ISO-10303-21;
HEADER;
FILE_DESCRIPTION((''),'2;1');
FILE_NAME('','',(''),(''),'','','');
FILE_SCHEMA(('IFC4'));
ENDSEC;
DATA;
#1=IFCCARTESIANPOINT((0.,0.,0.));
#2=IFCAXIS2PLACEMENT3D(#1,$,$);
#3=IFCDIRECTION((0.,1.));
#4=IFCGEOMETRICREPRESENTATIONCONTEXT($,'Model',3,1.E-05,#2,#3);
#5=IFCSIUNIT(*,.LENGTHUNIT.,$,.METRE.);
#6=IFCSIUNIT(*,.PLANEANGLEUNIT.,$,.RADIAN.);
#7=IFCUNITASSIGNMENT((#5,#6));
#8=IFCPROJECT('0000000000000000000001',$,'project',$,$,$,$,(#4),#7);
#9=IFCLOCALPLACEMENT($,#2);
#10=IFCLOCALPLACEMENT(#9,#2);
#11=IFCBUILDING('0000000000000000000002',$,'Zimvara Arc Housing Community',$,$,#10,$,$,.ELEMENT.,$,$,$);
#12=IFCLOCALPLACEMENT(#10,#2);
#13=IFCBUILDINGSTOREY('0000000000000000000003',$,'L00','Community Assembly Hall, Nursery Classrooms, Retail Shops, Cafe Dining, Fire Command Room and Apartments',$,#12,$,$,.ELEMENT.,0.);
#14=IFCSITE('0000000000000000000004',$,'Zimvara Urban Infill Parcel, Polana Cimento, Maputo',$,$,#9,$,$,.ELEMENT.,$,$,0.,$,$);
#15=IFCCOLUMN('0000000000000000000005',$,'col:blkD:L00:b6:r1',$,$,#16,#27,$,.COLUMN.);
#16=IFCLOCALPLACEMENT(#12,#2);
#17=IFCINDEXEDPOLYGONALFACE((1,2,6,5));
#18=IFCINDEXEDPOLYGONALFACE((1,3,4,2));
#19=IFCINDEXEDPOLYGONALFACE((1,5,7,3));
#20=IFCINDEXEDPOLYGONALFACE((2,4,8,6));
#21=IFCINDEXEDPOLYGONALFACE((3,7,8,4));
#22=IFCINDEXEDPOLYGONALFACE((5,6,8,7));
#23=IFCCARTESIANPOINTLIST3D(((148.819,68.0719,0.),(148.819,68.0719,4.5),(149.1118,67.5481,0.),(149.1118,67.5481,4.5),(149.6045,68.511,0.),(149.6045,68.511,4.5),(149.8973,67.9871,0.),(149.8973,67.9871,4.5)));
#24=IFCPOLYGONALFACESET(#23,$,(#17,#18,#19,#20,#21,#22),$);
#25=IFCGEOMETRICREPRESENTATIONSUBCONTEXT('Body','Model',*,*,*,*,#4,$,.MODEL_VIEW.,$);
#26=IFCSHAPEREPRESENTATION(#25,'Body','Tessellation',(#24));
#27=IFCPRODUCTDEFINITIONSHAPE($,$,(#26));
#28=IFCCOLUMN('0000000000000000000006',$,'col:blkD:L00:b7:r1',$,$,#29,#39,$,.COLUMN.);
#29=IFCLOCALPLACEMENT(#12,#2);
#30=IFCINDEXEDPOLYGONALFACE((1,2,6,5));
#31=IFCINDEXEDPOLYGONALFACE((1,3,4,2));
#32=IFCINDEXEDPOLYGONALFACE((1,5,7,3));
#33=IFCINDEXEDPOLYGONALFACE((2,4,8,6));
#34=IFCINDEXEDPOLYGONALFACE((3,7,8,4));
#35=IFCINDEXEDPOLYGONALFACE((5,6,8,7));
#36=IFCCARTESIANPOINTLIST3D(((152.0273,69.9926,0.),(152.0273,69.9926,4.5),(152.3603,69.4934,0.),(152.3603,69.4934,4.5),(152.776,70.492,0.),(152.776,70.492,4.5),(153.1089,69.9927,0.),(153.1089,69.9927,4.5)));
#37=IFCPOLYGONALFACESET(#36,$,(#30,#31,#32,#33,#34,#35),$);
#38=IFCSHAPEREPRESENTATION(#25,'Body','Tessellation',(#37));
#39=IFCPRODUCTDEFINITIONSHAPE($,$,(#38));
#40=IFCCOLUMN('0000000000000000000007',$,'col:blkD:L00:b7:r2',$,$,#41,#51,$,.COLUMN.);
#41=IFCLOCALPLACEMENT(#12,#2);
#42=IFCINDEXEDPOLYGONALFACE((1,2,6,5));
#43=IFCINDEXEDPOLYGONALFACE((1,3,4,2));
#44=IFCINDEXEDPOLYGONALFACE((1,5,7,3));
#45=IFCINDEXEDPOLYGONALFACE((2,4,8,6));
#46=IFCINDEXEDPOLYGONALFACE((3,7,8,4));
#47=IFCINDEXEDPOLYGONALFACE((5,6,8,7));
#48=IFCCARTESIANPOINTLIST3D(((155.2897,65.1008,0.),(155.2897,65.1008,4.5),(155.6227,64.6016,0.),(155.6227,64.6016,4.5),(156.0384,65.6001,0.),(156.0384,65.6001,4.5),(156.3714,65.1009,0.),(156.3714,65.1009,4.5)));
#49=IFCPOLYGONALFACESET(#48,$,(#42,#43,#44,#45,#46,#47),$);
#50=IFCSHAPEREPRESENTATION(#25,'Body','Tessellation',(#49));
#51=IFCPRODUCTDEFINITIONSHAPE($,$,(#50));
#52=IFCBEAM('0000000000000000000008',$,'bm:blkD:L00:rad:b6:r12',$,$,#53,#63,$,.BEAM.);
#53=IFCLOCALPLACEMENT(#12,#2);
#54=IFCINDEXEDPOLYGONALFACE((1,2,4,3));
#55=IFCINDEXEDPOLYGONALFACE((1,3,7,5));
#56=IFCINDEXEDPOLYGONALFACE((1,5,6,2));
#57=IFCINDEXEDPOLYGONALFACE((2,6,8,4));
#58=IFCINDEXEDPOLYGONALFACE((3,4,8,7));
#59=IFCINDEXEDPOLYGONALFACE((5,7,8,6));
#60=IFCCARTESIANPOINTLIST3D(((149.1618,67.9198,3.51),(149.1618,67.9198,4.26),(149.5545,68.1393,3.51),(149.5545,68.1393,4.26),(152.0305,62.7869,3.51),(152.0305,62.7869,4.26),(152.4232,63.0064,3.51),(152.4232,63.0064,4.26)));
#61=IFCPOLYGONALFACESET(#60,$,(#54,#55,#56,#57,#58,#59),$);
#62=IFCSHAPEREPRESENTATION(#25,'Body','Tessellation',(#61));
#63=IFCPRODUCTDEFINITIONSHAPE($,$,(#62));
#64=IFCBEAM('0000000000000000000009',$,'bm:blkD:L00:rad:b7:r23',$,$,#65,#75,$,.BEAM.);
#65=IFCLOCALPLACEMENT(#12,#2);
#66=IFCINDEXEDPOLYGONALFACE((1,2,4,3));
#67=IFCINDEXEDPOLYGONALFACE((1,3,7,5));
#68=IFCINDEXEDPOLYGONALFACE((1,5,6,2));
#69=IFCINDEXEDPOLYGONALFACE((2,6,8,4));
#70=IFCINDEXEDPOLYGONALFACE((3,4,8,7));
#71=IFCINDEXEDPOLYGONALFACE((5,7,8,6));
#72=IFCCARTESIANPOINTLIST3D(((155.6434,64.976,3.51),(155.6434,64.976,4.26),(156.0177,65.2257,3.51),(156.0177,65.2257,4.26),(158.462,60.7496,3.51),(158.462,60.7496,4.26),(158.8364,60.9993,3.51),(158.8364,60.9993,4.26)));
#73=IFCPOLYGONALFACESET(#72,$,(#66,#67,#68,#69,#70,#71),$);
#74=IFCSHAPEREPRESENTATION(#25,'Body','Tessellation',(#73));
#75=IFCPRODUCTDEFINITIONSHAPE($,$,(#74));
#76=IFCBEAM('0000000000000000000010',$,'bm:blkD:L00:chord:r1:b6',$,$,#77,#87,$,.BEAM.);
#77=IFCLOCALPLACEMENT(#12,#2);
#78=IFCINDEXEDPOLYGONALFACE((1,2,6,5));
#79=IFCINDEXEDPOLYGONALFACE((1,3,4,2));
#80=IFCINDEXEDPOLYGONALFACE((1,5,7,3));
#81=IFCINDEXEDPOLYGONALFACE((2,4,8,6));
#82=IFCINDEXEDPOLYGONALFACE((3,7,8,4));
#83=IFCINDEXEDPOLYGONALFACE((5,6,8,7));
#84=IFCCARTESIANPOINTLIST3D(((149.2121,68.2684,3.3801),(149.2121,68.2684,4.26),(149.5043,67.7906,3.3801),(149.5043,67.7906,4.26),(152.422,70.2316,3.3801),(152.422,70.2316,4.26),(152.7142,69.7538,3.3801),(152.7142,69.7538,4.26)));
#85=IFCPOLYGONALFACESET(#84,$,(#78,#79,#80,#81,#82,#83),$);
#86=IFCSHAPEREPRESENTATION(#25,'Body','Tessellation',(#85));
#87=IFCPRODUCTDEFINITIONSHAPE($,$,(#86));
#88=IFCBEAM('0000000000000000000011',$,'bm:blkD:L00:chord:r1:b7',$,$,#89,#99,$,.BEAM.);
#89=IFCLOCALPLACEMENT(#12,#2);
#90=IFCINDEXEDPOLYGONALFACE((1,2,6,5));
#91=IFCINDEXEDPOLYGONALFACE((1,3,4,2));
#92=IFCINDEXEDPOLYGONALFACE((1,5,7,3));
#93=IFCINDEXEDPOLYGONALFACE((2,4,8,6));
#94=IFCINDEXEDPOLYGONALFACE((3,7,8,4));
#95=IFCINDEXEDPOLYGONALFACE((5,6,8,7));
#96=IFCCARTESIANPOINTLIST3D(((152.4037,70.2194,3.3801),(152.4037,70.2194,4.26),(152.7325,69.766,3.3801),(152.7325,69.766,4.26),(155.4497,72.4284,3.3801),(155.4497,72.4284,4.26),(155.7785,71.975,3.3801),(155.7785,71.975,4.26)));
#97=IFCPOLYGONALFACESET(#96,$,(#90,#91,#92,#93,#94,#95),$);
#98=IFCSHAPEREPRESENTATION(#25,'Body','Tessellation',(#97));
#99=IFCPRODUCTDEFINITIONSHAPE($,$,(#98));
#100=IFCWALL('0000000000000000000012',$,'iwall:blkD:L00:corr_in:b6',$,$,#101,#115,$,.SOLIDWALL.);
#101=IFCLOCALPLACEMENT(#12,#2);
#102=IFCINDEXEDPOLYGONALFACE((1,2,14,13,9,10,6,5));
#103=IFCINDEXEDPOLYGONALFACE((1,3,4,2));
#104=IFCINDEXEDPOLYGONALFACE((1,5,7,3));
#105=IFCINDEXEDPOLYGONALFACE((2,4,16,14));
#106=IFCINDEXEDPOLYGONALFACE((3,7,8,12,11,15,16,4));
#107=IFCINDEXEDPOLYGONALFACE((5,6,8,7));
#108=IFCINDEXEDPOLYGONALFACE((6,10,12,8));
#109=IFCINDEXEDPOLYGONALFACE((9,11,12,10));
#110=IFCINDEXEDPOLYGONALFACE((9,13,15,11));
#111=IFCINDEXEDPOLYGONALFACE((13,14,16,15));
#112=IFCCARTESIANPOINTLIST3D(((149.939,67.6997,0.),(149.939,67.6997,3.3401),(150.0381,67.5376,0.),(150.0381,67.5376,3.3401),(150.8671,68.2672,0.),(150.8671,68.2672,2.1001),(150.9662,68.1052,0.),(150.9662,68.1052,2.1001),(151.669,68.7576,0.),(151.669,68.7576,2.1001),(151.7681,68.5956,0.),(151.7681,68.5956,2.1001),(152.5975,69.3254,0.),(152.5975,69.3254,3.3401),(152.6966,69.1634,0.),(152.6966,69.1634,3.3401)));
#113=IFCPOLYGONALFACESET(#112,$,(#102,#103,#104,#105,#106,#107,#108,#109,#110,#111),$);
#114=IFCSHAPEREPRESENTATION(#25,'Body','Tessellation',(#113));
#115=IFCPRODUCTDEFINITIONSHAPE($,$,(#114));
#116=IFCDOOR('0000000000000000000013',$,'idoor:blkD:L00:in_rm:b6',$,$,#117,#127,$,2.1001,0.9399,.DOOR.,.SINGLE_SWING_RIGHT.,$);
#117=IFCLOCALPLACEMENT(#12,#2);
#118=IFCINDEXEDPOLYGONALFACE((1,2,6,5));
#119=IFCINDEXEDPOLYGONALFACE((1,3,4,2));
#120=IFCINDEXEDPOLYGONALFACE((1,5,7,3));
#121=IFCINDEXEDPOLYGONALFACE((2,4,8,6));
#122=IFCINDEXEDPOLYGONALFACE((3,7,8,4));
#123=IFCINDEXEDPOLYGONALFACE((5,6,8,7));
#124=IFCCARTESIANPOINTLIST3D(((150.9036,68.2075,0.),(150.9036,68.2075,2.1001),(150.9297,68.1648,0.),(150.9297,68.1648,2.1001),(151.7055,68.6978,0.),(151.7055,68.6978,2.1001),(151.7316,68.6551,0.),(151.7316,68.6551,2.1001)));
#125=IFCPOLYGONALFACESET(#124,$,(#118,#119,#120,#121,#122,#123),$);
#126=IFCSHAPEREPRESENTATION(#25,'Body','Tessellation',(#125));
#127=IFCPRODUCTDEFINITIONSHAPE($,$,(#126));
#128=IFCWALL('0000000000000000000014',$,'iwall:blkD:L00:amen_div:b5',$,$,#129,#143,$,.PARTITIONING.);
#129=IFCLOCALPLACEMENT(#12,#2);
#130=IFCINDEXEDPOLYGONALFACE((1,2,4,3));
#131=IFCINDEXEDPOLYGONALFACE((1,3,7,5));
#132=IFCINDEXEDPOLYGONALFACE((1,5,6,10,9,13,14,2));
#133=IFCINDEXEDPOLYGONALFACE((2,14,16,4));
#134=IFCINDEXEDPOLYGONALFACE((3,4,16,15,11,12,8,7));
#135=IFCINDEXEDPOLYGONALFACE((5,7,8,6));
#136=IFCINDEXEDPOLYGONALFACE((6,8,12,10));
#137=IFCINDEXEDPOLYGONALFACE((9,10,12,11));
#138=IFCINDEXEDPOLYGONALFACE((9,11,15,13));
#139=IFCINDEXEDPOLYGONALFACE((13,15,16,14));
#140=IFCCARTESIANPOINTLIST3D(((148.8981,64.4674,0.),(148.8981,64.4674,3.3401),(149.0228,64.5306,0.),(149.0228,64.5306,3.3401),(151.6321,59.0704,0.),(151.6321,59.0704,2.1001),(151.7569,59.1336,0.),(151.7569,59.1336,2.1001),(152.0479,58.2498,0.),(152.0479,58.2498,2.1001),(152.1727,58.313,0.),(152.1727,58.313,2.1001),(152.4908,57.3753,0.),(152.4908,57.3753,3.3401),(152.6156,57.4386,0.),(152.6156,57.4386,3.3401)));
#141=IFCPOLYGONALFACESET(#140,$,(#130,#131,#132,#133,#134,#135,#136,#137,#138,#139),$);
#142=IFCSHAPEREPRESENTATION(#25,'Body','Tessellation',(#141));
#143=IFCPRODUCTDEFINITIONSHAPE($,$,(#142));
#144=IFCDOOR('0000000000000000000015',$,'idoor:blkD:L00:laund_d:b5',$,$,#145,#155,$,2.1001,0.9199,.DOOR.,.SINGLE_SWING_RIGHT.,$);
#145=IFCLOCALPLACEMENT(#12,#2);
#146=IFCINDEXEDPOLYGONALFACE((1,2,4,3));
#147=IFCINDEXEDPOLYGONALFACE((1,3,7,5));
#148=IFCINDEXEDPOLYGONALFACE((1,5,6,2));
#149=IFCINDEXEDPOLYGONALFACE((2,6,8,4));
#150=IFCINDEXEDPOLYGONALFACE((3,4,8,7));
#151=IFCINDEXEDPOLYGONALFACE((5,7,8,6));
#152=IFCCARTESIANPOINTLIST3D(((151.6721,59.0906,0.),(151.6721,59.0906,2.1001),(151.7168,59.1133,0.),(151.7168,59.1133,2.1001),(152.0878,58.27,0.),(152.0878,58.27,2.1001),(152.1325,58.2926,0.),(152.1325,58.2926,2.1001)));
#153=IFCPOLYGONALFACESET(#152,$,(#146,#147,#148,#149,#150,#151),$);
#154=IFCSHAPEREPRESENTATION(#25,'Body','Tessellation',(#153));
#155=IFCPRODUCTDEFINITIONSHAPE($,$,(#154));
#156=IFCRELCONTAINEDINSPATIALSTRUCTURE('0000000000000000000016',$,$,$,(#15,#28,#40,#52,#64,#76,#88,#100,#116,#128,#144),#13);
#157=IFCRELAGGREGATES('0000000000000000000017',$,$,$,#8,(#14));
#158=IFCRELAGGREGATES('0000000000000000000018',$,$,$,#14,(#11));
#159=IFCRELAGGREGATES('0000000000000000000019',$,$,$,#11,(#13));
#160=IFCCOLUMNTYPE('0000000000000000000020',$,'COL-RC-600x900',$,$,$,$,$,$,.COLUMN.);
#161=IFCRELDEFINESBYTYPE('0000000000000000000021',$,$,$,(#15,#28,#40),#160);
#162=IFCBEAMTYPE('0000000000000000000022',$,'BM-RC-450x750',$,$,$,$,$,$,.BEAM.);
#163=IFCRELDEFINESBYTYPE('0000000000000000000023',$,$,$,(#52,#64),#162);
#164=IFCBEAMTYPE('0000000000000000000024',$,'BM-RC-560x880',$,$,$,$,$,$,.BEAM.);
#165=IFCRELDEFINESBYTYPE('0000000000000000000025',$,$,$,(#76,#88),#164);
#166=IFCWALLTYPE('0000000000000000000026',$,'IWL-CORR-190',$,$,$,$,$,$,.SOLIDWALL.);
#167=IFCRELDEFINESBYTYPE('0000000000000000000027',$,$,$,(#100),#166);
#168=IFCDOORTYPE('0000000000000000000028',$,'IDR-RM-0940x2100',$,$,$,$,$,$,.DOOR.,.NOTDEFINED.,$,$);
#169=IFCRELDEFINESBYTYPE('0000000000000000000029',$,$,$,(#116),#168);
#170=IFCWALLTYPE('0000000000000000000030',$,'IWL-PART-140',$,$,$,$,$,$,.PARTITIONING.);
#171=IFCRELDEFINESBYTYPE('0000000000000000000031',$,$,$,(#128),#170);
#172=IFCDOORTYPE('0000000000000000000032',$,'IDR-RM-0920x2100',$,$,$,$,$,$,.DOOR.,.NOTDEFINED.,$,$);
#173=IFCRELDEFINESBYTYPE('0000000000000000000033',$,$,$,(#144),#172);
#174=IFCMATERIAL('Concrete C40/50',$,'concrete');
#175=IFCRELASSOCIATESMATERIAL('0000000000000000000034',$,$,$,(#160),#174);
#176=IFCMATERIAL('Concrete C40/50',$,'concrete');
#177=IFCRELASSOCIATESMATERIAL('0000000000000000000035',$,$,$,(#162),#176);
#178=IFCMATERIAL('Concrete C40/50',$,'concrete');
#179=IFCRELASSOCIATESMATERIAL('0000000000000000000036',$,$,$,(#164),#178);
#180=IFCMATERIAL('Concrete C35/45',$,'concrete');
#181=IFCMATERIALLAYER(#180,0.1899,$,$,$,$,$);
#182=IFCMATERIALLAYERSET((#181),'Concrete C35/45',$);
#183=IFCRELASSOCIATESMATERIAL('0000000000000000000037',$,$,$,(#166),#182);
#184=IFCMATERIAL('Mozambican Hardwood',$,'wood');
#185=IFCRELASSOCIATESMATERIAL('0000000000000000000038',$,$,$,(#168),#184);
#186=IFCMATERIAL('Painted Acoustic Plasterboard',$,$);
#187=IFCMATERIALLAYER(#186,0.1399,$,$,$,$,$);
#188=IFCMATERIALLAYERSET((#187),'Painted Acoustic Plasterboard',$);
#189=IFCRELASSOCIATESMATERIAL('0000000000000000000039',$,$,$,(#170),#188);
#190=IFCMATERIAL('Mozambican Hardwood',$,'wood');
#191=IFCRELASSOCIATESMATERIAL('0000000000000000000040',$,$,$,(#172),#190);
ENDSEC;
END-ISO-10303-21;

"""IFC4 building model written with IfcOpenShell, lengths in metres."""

from ifc_helpers import new_model, si_unit, direction, frame, frame_2d, origin, origin_2d, place, context, subcontext, project, spatial, rectangle, extrude, material, layer, layer_set, material_profile, profile_set, type_object, element, fill, save


model = new_model("IFC4")

# Units and contexts
model_context = context("Model", 3, precision=1e-05, world=origin(), true_north=direction((0.0, 1.0)))
body_context = subcontext(model_context, "Body", "Model", "MODEL_VIEW")
ifc_project = project(units=[si_unit("LENGTHUNIT", "METRE"), si_unit("PLANEANGLEUNIT", "RADIAN")], contexts=[model_context])

# Site, building, storey
site_placement = place(None, origin())
site = spatial("IfcSite", under=ifc_project, at=site_placement, Name="Zimvara Urban Infill Parcel, Polana Cimento, Maputo", CompositionType="ELEMENT", RefElevation=0.0)
building_placement = place(site_placement, origin())
building = spatial("IfcBuilding", under=site, at=building_placement, Name="Zimvara Arc Housing Community", CompositionType="ELEMENT")
storey_placement = place(building_placement, origin())
storey = spatial("IfcBuildingStorey", under=building, at=storey_placement, Name="L00", Description="Community Assembly Hall, Nursery Classrooms, Retail Shops, Cafe Dining, Fire Command Room and Apartments", CompositionType="ELEMENT", Elevation=0.0)

# Columns
ifc_material_1 = material(Name="Concrete C40/50", Category="concrete")
ifc_material_profile_1 = material_profile(ifc_material_1, rectangle(XDim=0.6001, YDim=0.8999, at=origin_2d()), Name="RC 600x900")
ifc_profile_set_1 = profile_set([ifc_material_profile_1], Name="Concrete C40/50")
column_type = type_object("IfcColumnType", Name="COL-RC-600x900", PredefinedType="COLUMN", material=ifc_profile_set_1)
for number, where, z_axis, x_axis, name in (
    (1, (149.3582, 68.0295, 0.0), (0.0, 0.0, 1.0), (0.48786, -0.872922, 0.0), "col:blkD:L00:b6:r1"),
    (2, (152.5681, 69.9927, 0.0), (0.0, 0.0, 1.0), (0.554844, -0.831954, 0.0), "col:blkD:L00:b7:r1"),
    (3, (155.8306, 65.1008, 0.0), (0.0, 0.0, 1.0), (0.554844, -0.831954, 0.0), "col:blkD:L00:b7:r2"),
):
    element("IfcColumn", number, at=place(storey_placement, frame(where, z_axis=z_axis, x_axis=x_axis)), inside=storey, type_object=column_type, Name=name, PredefinedType="COLUMN", context=body_context, shape_type="SweptSolid", body=[
        extrude(rectangle(XDim=0.6001, YDim=0.8999, at=origin_2d()), origin(), (0.0, 0.0, 1.0), 4.5),
    ])

# Beams
ifc_material_2 = material(Name="Concrete C40/50", Category="concrete")
ifc_material_profile_2 = material_profile(ifc_material_2, rectangle(XDim=0.45, YDim=0.75, at=origin_2d()), Name="RC 450x750")
ifc_profile_set_2 = profile_set([ifc_material_profile_2], Name="Concrete C40/50")
beam_type_1 = type_object("IfcBeamType", Name="BM-RC-450x750", PredefinedType="BEAM", material=ifc_profile_set_2)
beam_1_placement = place(storey_placement, frame((149.3582, 68.0295, 3.885), z_axis=(0.487862, -0.872921, 0.0), x_axis=(0.872921, 0.487862, 0.0)))
element("IfcBeam", 4, at=beam_1_placement, inside=storey, type_object=beam_type_1, Name="bm:blkD:L00:rad:b6:r12", PredefinedType="BEAM", context=body_context, shape_type="SweptSolid", body=[
    extrude(rectangle(XDim=0.45, YDim=0.75, at=origin_2d()), origin(), (0.0, 0.0, 1.0), 5.8801),
])
beam_2_placement = place(storey_placement, frame((155.8306, 65.1008, 3.885), z_axis=(0.554844, -0.831954, 0.0), x_axis=(0.831954, 0.554844, 0.0)))
element("IfcBeam", 5, at=beam_2_placement, inside=storey, type_object=beam_type_1, Name="bm:blkD:L00:rad:b7:r23", PredefinedType="BEAM", context=body_context, shape_type="SweptSolid", body=[
    extrude(rectangle(XDim=0.45, YDim=0.75, at=origin_2d()), origin(), (0.0, 0.0, 1.0), 5.0801),
])
ifc_material_3 = material(Name="Concrete C40/50", Category="concrete")
ifc_material_profile_3 = material_profile(ifc_material_3, rectangle(XDim=0.5601, YDim=0.8799, at=origin_2d()), Name="RC 560x880")
ifc_profile_set_3 = profile_set([ifc_material_profile_3], Name="Concrete C40/50")
beam_type_2 = type_object("IfcBeamType", Name="BM-RC-560x880", PredefinedType="BEAM", material=ifc_profile_set_3)
for number, where, z_axis, x_axis, name in (
    (6, (149.3582, 68.0295, 3.8201), (0.853105, 0.521739, 0.0), (-0.521739, 0.853105, 0.0), "bm:blkD:L00:chord:r1:b6"),
    (7, (152.5681, 69.9927, 3.8201), (0.809521, 0.587091, 0.0), (-0.587091, 0.809521, 0.0), "bm:blkD:L00:chord:r1:b7"),
):
    element("IfcBeam", number, at=place(storey_placement, frame(where, z_axis=z_axis, x_axis=x_axis)), inside=storey, type_object=beam_type_2, Name=name, PredefinedType="BEAM", context=body_context, shape_type="SweptSolid", body=[
        extrude(rectangle(XDim=0.5601, YDim=0.8799, at=origin_2d()), origin(), (0.0, 0.0, 1.0), 3.7627),
    ])

# Walls, openings, doors
ifc_material_4 = material(Name="Concrete C35/45", Category="concrete")
ifc_layer_1 = layer(ifc_material_4, 0.1899)
ifc_layer_set_1 = layer_set([ifc_layer_1], Name="Concrete C35/45")
wall_type_1 = type_object("IfcWallType", Name="IWL-CORR-190", PredefinedType="SOLIDWALL", material=ifc_layer_set_1)
wall_1_placement = place(storey_placement, frame((149.9885, 67.6187, 0.0), z_axis=(0.0, 0.0, 1.0), x_axis=(0.853121, 0.521713, 0.0)))
wall_1 = element("IfcWall", 8, at=wall_1_placement, inside=storey, type_object=wall_type_1, Name="iwall:blkD:L00:corr_in:b6", PredefinedType="SOLIDWALL", context=body_context, shape_type="SweptSolid", body=[
    extrude(rectangle(XDim=3.1162, YDim=0.1899, at=frame_2d((1.5581, 0.0))), origin(), (0.0, 0.0, 1.0), 3.3401),
])
opening_1_placement = place(wall_1_placement, frame((1.0879, 0.0, 0.0)))
opening_1 = element("IfcOpeningElement", 9, at=opening_1_placement, cuts=wall_1, PredefinedType="OPENING", context=body_context, shape_type="SweptSolid", body=[
    extrude(rectangle(XDim=0.9399, YDim=2.1001, at=frame_2d((0.47, 1.05))), frame((0.0, 0.105, 0.0), z_axis=(0.0, -1.0, 0.0), x_axis=(1.0, 0.0, 0.0)), (0.0, 0.0, 1.0), 0.21),
])
ifc_material_5 = material(Name="Mozambican Hardwood", Category="wood")
door_type_1 = type_object("IfcDoorType", Name="IDR-RM-0940x2100", OperationType="NOTDEFINED", PredefinedType="DOOR", material=ifc_material_5)
door_1_placement = place(opening_1_placement, origin())
door_1 = element("IfcDoor", 10, at=door_1_placement, inside=storey, type_object=door_type_1, Name="idoor:blkD:L00:in_rm:b6", OperationType="SINGLE_SWING_RIGHT", OverallHeight=2.1001, OverallWidth=0.9399, PredefinedType="DOOR", context=body_context, shape_type="SweptSolid", body=[
    extrude(rectangle(XDim=0.9399, YDim=2.1001, at=frame_2d((0.47, 1.05))), frame((0.0, 0.0249, 0.0), z_axis=(0.0, -1.0, 0.0), x_axis=(1.0, 0.0, 0.0)), (0.0, 0.0, 1.0), 0.05),
])
fill(opening_1, door_1)
ifc_material_6 = material(Name="Painted Acoustic Plasterboard")
ifc_layer_2 = layer(ifc_material_6, 0.1399)
ifc_layer_set_2 = layer_set([ifc_layer_2], Name="Painted Acoustic Plasterboard")
wall_type_2 = type_object("IfcWallType", Name="IWL-PART-140", PredefinedType="PARTITIONING", material=ifc_layer_set_2)
wall_2_placement = place(storey_placement, frame((148.9604, 64.499, 0.0), z_axis=(0.0, 0.0, 1.0), x_axis=(0.451912, -0.892063, 0.0)))
wall_2 = element("IfcWall", 11, at=wall_2_placement, inside=storey, type_object=wall_type_2, Name="iwall:blkD:L00:amen_div:b5", PredefinedType="PARTITIONING", context=body_context, shape_type="SweptSolid", body=[
    extrude(rectangle(XDim=7.9502, YDim=0.1399, at=frame_2d((3.9751, 0.0))), origin(), (0.0, 0.0, 1.0), 3.3401),
])
opening_2_placement = place(wall_2_placement, frame((6.05, 0.0, 0.0)))
opening_2 = element("IfcOpeningElement", 12, at=opening_2_placement, cuts=wall_2, PredefinedType="OPENING", context=body_context, shape_type="SweptSolid", body=[
    extrude(rectangle(XDim=0.9199, YDim=2.1001, at=frame_2d((0.46, 1.05))), frame((0.0, 0.0798, 0.0), z_axis=(0.0, -1.0, 0.0), x_axis=(1.0, 0.0, 0.0)), (0.0, 0.0, 1.0), 0.1599),
])
ifc_material_7 = material(Name="Mozambican Hardwood", Category="wood")
door_type_2 = type_object("IfcDoorType", Name="IDR-RM-0920x2100", OperationType="NOTDEFINED", PredefinedType="DOOR", material=ifc_material_7)
door_2_placement = place(opening_2_placement, origin())
door_2 = element("IfcDoor", 13, at=door_2_placement, inside=storey, type_object=door_type_2, Name="idoor:blkD:L00:laund_d:b5", OperationType="SINGLE_SWING_RIGHT", OverallHeight=2.1001, OverallWidth=0.9199, PredefinedType="DOOR", context=body_context, shape_type="SweptSolid", body=[
    extrude(rectangle(XDim=0.9199, YDim=2.1001, at=frame_2d((0.46, 1.05))), frame((0.0, 0.0249, 0.0), z_axis=(0.0, -1.0, 0.0), x_axis=(1.0, 0.0, 0.0)), (0.0, 0.0, 1.0), 0.05),
])
fill(opening_2, door_2)

save(model, "model.ifc")
